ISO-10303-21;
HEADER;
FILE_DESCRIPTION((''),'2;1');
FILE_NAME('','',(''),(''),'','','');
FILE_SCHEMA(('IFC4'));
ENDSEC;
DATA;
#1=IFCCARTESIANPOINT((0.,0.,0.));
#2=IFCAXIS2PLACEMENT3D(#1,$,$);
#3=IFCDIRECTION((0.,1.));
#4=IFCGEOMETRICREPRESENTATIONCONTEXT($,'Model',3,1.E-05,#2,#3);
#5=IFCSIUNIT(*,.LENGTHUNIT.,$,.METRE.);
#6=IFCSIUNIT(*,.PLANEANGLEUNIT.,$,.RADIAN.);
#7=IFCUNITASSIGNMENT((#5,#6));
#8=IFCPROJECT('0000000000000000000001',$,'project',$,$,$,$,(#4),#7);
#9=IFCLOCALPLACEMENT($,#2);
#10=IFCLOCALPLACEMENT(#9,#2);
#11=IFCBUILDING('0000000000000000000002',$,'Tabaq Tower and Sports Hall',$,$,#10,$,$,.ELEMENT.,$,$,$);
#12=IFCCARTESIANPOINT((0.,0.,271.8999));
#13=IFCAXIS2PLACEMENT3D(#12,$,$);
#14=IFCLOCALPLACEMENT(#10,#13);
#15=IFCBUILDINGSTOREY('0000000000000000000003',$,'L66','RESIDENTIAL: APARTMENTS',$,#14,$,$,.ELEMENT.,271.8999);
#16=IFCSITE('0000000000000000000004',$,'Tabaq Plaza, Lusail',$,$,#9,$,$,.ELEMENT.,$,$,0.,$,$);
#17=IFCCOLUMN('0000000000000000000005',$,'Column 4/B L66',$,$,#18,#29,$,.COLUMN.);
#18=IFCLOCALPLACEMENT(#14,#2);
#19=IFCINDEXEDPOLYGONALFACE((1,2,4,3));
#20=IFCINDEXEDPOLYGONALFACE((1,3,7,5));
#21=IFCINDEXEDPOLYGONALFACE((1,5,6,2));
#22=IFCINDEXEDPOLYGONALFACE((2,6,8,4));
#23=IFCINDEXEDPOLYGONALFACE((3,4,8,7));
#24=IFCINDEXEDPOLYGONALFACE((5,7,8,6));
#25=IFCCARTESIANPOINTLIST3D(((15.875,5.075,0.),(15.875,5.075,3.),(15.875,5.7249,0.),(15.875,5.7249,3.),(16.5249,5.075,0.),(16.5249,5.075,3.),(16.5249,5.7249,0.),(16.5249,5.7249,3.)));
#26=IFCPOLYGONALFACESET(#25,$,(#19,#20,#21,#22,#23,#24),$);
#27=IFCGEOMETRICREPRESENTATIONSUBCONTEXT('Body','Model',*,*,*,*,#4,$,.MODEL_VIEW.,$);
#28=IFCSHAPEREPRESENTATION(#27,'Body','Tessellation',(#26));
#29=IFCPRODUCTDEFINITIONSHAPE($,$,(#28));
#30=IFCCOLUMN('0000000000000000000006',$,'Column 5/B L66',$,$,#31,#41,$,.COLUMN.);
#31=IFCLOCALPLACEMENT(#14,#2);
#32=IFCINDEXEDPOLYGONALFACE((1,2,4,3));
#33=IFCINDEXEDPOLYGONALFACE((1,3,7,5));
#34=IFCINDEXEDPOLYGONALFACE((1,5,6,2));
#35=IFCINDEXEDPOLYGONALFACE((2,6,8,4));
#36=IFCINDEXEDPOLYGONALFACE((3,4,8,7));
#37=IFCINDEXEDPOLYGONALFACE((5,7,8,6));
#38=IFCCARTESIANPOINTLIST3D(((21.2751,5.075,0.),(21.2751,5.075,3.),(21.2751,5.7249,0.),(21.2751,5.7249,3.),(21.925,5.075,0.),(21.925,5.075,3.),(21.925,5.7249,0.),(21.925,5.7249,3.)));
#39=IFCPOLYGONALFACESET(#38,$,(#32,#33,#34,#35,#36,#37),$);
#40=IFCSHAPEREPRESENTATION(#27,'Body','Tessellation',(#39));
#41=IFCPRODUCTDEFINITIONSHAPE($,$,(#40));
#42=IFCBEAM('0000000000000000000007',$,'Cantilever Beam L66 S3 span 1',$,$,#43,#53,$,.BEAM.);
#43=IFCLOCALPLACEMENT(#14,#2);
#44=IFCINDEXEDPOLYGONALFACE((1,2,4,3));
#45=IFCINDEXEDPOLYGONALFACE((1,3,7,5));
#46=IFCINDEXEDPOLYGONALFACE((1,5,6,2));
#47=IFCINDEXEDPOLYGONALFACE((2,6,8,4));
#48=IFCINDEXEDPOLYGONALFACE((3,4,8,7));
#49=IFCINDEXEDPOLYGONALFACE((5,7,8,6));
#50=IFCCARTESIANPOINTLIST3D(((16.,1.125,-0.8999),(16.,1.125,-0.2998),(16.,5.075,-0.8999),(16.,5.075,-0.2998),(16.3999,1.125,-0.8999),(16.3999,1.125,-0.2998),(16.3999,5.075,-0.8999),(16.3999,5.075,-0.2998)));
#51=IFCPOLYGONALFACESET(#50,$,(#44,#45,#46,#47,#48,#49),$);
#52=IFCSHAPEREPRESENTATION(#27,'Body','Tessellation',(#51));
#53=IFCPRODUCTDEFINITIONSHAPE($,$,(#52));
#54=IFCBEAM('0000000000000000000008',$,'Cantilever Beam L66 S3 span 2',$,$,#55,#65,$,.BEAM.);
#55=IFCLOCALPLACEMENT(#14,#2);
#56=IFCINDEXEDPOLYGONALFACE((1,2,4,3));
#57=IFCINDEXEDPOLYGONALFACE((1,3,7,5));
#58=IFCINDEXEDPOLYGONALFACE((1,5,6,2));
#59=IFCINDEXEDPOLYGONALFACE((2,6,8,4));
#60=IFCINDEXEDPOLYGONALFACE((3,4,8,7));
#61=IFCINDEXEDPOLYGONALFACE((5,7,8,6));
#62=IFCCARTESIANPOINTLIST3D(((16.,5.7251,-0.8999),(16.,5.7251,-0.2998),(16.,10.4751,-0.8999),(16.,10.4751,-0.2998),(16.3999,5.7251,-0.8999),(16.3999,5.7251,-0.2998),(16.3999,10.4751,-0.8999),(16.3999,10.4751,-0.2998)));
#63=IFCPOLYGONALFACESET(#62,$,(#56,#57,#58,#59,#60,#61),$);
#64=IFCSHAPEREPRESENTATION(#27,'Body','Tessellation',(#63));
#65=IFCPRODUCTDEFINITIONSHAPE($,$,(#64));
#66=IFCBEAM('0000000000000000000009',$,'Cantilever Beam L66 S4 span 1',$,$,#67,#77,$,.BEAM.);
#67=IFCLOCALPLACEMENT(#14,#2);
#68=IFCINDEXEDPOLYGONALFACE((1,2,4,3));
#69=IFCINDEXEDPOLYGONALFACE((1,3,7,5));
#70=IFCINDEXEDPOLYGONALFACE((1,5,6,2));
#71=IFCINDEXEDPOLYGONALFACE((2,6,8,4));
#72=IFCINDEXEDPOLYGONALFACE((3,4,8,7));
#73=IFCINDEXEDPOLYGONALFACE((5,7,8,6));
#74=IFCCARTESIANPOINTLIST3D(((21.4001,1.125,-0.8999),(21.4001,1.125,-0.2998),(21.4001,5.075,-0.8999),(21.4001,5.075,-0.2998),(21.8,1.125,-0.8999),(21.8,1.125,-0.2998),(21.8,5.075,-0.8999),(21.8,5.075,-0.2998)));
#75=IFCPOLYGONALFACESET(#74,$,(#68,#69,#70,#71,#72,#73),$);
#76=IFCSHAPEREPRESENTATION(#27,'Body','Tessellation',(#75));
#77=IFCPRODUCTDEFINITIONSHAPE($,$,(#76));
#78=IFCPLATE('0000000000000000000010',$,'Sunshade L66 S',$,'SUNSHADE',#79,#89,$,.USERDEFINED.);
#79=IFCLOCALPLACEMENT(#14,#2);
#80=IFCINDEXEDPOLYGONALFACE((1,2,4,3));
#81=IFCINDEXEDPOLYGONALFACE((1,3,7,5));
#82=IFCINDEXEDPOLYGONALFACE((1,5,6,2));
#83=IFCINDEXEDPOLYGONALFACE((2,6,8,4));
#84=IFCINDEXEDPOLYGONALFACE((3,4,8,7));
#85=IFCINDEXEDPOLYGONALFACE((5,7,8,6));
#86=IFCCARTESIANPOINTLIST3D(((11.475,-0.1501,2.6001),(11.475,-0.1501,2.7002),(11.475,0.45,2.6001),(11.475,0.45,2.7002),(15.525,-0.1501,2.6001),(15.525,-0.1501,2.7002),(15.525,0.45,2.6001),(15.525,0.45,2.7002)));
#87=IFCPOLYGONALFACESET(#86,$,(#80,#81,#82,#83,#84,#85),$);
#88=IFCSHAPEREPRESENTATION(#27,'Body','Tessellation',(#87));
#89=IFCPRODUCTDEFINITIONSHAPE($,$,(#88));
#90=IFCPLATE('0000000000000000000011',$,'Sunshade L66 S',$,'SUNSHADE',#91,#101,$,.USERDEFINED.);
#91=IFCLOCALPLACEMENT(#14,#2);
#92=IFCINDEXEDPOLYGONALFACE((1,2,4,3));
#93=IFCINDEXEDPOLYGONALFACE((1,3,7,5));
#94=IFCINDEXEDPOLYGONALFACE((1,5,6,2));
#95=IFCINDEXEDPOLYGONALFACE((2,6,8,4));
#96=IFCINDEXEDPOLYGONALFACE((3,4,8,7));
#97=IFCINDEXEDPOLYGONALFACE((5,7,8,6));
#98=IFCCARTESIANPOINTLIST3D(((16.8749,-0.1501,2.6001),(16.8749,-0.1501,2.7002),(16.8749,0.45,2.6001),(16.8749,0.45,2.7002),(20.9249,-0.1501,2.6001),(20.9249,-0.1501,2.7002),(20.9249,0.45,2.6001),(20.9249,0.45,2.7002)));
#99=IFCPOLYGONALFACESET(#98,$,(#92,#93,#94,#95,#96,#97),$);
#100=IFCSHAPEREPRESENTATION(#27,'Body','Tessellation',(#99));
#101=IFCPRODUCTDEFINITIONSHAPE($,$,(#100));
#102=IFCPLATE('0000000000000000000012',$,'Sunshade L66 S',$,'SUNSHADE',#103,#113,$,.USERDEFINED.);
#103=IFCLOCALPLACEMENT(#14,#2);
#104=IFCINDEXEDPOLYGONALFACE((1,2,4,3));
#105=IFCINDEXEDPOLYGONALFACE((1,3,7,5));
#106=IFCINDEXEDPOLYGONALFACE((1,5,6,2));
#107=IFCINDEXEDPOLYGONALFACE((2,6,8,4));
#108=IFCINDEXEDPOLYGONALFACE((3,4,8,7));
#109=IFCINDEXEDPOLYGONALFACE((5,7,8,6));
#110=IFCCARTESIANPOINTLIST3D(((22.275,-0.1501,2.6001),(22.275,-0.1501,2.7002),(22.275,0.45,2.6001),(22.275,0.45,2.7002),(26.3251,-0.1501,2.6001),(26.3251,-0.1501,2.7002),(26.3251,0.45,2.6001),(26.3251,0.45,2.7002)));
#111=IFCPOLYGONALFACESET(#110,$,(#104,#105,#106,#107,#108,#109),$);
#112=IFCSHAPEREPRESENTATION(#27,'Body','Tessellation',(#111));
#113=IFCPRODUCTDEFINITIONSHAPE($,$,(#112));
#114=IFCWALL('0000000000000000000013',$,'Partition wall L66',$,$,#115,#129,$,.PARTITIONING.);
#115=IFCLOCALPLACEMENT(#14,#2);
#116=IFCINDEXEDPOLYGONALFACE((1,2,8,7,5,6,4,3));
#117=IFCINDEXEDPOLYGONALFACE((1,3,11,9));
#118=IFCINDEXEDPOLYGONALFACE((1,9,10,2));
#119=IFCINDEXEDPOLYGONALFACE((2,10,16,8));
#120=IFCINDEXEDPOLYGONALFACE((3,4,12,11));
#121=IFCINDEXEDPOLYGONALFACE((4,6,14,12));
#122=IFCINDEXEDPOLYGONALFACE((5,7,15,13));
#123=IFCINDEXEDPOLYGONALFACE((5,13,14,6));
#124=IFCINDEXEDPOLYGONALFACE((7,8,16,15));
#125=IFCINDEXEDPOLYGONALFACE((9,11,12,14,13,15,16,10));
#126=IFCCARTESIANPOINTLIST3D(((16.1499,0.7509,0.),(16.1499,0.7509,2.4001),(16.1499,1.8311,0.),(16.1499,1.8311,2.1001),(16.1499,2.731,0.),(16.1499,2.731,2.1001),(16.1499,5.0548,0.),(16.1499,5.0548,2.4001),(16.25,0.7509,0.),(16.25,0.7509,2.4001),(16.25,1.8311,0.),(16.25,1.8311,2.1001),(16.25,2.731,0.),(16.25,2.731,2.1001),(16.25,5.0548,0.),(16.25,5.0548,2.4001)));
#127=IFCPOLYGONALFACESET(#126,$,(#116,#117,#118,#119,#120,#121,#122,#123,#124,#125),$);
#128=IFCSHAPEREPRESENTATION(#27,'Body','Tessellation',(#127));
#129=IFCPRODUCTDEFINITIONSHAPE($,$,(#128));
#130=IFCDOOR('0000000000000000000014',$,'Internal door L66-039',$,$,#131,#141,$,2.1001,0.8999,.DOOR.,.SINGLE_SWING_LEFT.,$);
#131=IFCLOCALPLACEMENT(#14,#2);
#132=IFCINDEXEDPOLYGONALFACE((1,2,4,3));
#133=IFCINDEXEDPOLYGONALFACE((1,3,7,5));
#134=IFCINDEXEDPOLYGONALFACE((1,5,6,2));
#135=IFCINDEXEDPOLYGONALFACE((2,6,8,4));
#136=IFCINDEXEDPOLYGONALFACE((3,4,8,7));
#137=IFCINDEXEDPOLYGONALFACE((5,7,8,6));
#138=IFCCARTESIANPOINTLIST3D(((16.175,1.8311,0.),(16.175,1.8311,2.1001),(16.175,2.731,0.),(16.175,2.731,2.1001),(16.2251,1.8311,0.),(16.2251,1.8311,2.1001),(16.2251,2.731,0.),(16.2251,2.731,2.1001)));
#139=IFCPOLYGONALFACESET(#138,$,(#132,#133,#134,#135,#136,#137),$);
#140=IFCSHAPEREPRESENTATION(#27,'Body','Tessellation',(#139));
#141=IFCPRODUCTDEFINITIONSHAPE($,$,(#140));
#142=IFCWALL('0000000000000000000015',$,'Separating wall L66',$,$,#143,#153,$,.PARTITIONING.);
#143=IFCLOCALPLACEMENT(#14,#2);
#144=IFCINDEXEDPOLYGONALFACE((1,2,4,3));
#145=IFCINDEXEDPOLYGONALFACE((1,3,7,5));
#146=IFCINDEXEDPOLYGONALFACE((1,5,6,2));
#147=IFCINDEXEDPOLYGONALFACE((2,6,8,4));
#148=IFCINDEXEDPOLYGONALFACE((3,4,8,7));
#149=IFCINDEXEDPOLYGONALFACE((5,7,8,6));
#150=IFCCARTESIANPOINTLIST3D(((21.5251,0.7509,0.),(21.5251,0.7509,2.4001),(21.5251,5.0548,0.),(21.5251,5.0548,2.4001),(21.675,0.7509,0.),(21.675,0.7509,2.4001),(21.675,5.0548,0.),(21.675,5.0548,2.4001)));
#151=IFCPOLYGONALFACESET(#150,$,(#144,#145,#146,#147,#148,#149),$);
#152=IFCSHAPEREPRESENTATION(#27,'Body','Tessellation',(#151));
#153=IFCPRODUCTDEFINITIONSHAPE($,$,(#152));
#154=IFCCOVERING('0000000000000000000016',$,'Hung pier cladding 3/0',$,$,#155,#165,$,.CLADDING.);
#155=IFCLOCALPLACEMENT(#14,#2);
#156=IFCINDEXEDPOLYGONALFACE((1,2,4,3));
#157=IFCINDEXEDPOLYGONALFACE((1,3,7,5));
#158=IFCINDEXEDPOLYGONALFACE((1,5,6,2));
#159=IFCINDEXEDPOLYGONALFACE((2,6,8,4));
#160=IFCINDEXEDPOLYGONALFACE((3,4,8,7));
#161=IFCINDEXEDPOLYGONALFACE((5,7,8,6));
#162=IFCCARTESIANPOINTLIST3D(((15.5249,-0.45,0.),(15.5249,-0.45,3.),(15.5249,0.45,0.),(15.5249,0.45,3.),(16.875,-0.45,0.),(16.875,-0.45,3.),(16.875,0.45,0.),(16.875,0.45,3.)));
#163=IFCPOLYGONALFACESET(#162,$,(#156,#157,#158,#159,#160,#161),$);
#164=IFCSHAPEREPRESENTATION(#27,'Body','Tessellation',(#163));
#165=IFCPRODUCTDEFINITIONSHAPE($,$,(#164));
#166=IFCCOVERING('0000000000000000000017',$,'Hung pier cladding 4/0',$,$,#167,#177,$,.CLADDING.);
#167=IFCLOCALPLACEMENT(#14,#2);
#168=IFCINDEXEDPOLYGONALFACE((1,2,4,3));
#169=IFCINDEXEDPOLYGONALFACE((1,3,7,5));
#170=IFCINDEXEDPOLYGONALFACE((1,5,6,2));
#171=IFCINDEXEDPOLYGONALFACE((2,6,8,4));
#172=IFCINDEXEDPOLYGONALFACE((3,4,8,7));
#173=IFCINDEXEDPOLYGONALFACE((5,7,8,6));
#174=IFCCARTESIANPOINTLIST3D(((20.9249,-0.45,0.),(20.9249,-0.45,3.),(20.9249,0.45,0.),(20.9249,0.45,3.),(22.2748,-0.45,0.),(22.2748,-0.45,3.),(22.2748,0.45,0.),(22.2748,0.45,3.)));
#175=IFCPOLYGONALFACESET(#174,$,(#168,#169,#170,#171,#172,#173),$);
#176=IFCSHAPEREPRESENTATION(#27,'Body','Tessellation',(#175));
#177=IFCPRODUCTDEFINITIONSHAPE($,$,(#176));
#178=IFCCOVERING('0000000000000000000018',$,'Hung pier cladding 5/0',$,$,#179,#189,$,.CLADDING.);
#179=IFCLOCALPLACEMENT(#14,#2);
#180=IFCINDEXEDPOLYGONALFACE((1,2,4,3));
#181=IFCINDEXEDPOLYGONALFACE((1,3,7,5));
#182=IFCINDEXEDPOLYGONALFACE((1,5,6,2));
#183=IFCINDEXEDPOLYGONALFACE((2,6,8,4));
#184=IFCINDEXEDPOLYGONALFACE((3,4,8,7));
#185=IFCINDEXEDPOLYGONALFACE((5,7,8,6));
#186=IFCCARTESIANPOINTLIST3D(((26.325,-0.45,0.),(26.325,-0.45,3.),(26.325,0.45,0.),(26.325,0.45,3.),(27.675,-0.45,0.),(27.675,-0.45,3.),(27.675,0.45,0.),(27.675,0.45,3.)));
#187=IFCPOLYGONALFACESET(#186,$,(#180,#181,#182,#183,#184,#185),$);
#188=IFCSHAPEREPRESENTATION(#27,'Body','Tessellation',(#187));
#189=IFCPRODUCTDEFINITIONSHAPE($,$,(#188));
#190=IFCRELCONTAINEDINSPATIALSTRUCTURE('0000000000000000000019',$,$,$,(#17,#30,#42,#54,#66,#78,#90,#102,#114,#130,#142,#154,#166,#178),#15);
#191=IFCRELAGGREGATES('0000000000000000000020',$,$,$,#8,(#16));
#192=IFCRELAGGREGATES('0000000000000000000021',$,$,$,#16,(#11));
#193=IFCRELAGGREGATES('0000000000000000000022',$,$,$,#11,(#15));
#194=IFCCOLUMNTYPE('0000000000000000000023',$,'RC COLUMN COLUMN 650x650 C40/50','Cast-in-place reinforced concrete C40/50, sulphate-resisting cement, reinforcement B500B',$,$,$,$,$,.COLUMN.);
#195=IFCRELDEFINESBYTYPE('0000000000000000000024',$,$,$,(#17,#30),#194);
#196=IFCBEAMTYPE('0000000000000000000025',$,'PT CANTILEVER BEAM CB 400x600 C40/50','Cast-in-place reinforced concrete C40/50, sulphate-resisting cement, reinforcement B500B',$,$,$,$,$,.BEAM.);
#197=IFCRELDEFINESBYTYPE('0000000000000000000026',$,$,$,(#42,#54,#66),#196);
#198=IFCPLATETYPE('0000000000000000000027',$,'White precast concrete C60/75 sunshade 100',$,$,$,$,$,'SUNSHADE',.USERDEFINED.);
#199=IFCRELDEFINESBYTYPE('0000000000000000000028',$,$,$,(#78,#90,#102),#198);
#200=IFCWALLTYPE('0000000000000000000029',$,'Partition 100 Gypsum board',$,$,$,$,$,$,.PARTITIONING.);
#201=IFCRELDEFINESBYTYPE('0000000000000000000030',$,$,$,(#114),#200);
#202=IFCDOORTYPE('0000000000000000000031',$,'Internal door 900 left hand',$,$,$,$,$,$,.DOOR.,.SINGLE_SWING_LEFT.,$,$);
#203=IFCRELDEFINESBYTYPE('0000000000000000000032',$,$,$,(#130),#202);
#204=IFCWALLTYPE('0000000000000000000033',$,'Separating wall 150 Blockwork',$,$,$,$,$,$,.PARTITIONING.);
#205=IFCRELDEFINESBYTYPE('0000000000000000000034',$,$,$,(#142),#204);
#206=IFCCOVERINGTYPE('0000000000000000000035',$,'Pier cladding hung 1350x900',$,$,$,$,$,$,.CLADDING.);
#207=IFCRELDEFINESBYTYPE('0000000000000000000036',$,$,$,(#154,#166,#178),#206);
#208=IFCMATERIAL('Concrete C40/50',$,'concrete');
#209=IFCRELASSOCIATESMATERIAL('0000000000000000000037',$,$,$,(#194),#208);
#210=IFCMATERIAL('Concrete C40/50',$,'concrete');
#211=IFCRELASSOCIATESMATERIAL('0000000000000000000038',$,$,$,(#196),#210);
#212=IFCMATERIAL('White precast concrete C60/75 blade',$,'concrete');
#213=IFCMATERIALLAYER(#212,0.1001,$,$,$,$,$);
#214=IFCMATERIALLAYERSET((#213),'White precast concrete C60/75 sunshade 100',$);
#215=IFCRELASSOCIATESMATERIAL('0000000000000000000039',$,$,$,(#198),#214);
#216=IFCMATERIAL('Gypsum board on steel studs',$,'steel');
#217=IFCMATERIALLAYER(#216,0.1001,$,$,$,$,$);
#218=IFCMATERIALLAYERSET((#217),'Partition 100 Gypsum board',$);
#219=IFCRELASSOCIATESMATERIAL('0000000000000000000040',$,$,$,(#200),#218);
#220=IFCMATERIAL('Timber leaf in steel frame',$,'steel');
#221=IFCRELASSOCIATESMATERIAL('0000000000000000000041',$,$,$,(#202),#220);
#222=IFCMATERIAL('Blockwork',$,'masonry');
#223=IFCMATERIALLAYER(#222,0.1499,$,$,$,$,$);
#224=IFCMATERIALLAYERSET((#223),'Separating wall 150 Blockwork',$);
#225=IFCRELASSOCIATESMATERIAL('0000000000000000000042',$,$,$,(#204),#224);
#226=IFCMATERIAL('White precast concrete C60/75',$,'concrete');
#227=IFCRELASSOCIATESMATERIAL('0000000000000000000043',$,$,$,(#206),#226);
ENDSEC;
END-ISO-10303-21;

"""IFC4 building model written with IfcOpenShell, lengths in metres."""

from ifc_helpers import new_model, si_unit, direction, frame, frame_2d, origin, origin_2d, place, context, subcontext, project, spatial, rectangle, extrude, material, layer, layer_set, material_profile, profile_set, type_object, element, fill, save


model = new_model("IFC4")

# Units and contexts
model_context = context("Model", 3, precision=1e-05, world=origin(), true_north=direction((0.0, 1.0)))
body_context = subcontext(model_context, "Body", "Model", "MODEL_VIEW")
ifc_project = project(units=[si_unit("LENGTHUNIT", "METRE"), si_unit("PLANEANGLEUNIT", "RADIAN")], contexts=[model_context])

# Site, building, storey
site_placement = place(None, origin())
site = spatial("IfcSite", under=ifc_project, at=site_placement, Name="Tabaq Plaza, Lusail", CompositionType="ELEMENT", RefElevation=0.0)
building_placement = place(site_placement, origin())
building = spatial("IfcBuilding", under=site, at=building_placement, Name="Tabaq Tower and Sports Hall", CompositionType="ELEMENT")
storey_placement = place(building_placement, frame((0.0, 0.0, 271.8999)))
storey = spatial("IfcBuildingStorey", under=building, at=storey_placement, Name="L66", Description="RESIDENTIAL: APARTMENTS", CompositionType="ELEMENT", Elevation=271.8999)

# Columns
ifc_material_1 = material(Name="Concrete C40/50", Category="concrete")
ifc_material_profile_1 = material_profile(ifc_material_1, rectangle(XDim=0.6499, YDim=0.6499, at=origin_2d()), Name="COLUMN 650x650")
ifc_profile_set_1 = profile_set([ifc_material_profile_1], Name="Concrete C40/50")
column_type = type_object("IfcColumnType", Name="RC COLUMN COLUMN 650x650 C40/50", Description="Cast-in-place reinforced concrete C40/50, sulphate-resisting cement, reinforcement B500B", PredefinedType="COLUMN", material=ifc_profile_set_1)
for number, where, z_axis, x_axis, name in (
    (1, (16.2, 5.3999, 0.0), (0.0, 0.0, 1.0), (1.0, 0.0, 0.0), "Column 4/B L66"),
    (2, (21.6001, 5.3999, 0.0), (0.0, 0.0, 1.0), (1.0, 0.0, 0.0), "Column 5/B L66"),
):
    element("IfcColumn", number, at=place(storey_placement, frame(where, z_axis=z_axis, x_axis=x_axis)), inside=storey, type_object=column_type, Name=name, PredefinedType="COLUMN", context=body_context, shape_type="SweptSolid", body=[
        extrude(rectangle(XDim=0.6499, YDim=0.6499, at=origin_2d()), origin(), (0.0, 0.0, 1.0), 3.0),
    ])

# Beams
ifc_material_2 = material(Name="Concrete C40/50", Category="concrete")
ifc_material_profile_2 = material_profile(ifc_material_2, rectangle(XDim=0.3999, YDim=0.6001, at=origin_2d()), Name="CB 400x600")
ifc_profile_set_2 = profile_set([ifc_material_profile_2], Name="Concrete C40/50")
beam_type = type_object("IfcBeamType", Name="PT CANTILEVER BEAM CB 400x600 C40/50", Description="Cast-in-place reinforced concrete C40/50, sulphate-resisting cement, reinforcement B500B", PredefinedType="BEAM", material=ifc_profile_set_2)
beam_1_placement = place(storey_placement, frame((16.2, 1.125, -0.5999), z_axis=(0.0, 1.0, 0.0), x_axis=(-1.0, 0.0, 0.0)))
element("IfcBeam", 3, at=beam_1_placement, inside=storey, type_object=beam_type, Name="Cantilever Beam L66 S3 span 1", PredefinedType="BEAM", context=body_context, shape_type="SweptSolid", body=[
    extrude(rectangle(XDim=0.3999, YDim=0.6001, at=origin_2d()), origin(), (0.0, 0.0, 1.0), 3.95),
])
beam_2_placement = place(storey_placement, frame((16.2, 5.7251, -0.5999), z_axis=(0.0, 1.0, 0.0), x_axis=(-1.0, 0.0, 0.0)))
element("IfcBeam", 4, at=beam_2_placement, inside=storey, type_object=beam_type, Name="Cantilever Beam L66 S3 span 2", PredefinedType="BEAM", context=body_context, shape_type="SweptSolid", body=[
    extrude(rectangle(XDim=0.3999, YDim=0.6001, at=origin_2d()), origin(), (0.0, 0.0, 1.0), 4.75),
])
beam_3_placement = place(storey_placement, frame((21.6001, 1.125, -0.5999), z_axis=(0.0, 1.0, 0.0), x_axis=(-1.0, 0.0, 0.0)))
element("IfcBeam", 5, at=beam_3_placement, inside=storey, type_object=beam_type, Name="Cantilever Beam L66 S4 span 1", PredefinedType="BEAM", context=body_context, shape_type="SweptSolid", body=[
    extrude(rectangle(XDim=0.3999, YDim=0.6001, at=origin_2d()), origin(), (0.0, 0.0, 1.0), 3.95),
])

# Plates
ifc_material_3 = material(Name="White precast concrete C60/75 blade", Category="concrete")
ifc_layer_1 = layer(ifc_material_3, 0.1001)
ifc_layer_set_1 = layer_set([ifc_layer_1], Name="White precast concrete C60/75 sunshade 100")
plate_type = type_object("IfcPlateType", Name="White precast concrete C60/75 sunshade 100", ElementType="SUNSHADE", PredefinedType="USERDEFINED", material=ifc_layer_set_1)
for number, where, z_axis, x_axis, name in (
    (6, (13.5, 0.1499, 2.6001), (0.0, 0.0, 1.0), (1.0, 0.0, 0.0), "Sunshade L66 S"),
    (7, (18.8999, 0.1499, 2.6001), (0.0, 0.0, 1.0), (1.0, 0.0, 0.0), "Sunshade L66 S"),
    (8, (24.3, 0.1499, 2.6001), (0.0, 0.0, 1.0), (1.0, 0.0, 0.0), "Sunshade L66 S"),
):
    element("IfcPlate", number, at=place(storey_placement, frame(where, z_axis=z_axis, x_axis=x_axis)), inside=storey, type_object=plate_type, Name=name, ObjectType="SUNSHADE", PredefinedType="USERDEFINED", context=body_context, shape_type="SweptSolid", body=[
        extrude(rectangle(XDim=4.05, YDim=0.6001, at=origin_2d()), origin(), (0.0, 0.0, 1.0), 0.1001),
    ])

# Wall, opening, door
ifc_material_4 = material(Name="Gypsum board on steel studs", Category="steel")
ifc_layer_2 = layer(ifc_material_4, 0.1001)
ifc_layer_set_2 = layer_set([ifc_layer_2], Name="Partition 100 Gypsum board")
wall_type_1 = type_object("IfcWallType", Name="Partition 100 Gypsum board", PredefinedType="PARTITIONING", material=ifc_layer_set_2)
wall_1_placement = place(storey_placement, frame((16.2, 0.751, 0.0), z_axis=(0.0, 0.0, 1.0), x_axis=(0.0, 1.0, 0.0)))
wall_1 = element("IfcWall", 9, at=wall_1_placement, inside=storey, type_object=wall_type_1, Name="Partition wall L66", PredefinedType="PARTITIONING", context=body_context, shape_type="SweptSolid", body=[
    extrude(rectangle(XDim=4.304, YDim=0.1001, at=frame_2d((2.1519, 0.0))), origin(), (0.0, 0.0, 1.0), 2.4001),
])
opening_placement = place(wall_1_placement, frame((1.0801, 0.0, 0.0)))
opening = element("IfcOpeningElement", 10, at=opening_placement, cuts=wall_1, PredefinedType="OPENING", context=body_context, shape_type="SweptSolid", body=[
    extrude(rectangle(XDim=0.8999, YDim=2.1001, at=frame_2d((0.45, 1.05))), frame((0.0, 0.05, 0.0), z_axis=(0.0, -1.0, 0.0), x_axis=(1.0, 0.0, 0.0)), (0.0, 0.0, 1.0), 0.1001),
])
ifc_material_5 = material(Name="Timber leaf in steel frame", Category="steel")
door_type = type_object("IfcDoorType", Name="Internal door 900 left hand", OperationType="SINGLE_SWING_LEFT", PredefinedType="DOOR", material=ifc_material_5)
door_placement = place(opening_placement, origin())
door = element("IfcDoor", 11, at=door_placement, inside=storey, type_object=door_type, Name="Internal door L66-039", OperationType="SINGLE_SWING_LEFT", OverallHeight=2.1001, OverallWidth=0.8999, PredefinedType="DOOR", context=body_context, shape_type="SweptSolid", body=[
    extrude(rectangle(XDim=0.8999, YDim=2.1001, at=frame_2d((0.45, 1.05))), frame((0.0, 0.0249, 0.0), z_axis=(0.0, -1.0, 0.0), x_axis=(1.0, 0.0, 0.0)), (0.0, 0.0, 1.0), 0.05),
])
fill(opening, door)

# Wall
ifc_material_6 = material(Name="Blockwork", Category="masonry")
ifc_layer_3 = layer(ifc_material_6, 0.1499)
ifc_layer_set_3 = layer_set([ifc_layer_3], Name="Separating wall 150 Blockwork")
wall_type_2 = type_object("IfcWallType", Name="Separating wall 150 Blockwork", PredefinedType="PARTITIONING", material=ifc_layer_set_3)
wall_2_placement = place(storey_placement, frame((21.6001, 0.751, 0.0), z_axis=(0.0, 0.0, 1.0), x_axis=(0.0, 1.0, 0.0)))
element("IfcWall", 12, at=wall_2_placement, inside=storey, type_object=wall_type_2, Name="Separating wall L66", PredefinedType="PARTITIONING", context=body_context, shape_type="SweptSolid", body=[
    extrude(rectangle(XDim=4.304, YDim=0.1499, at=frame_2d((2.1519, 0.0))), origin(), (0.0, 0.0, 1.0), 2.4001),
])

# Coverings
ifc_material_7 = material(Name="White precast concrete C60/75", Category="concrete")
covering_type_1 = type_object("IfcCoveringType", Name="Pier cladding hung 1350x900", PredefinedType="CLADDING", material=ifc_material_7)
covering_1_placement = place(storey_placement, frame((15.5249, 0.0, 0.0), z_axis=(0.0, 0.0, 1.0), x_axis=(1.0, 0.0, 0.0)))
element("IfcCovering", 13, at=covering_1_placement, inside=storey, type_object=covering_type_1, Name="Hung pier cladding 3/0", PredefinedType="CLADDING", context=body_context, shape_type="SweptSolid", body=[
    extrude(rectangle(XDim=1.3501, YDim=0.8999, at=frame_2d((0.675, 0.0))), origin(), (0.0, 0.0, 1.0), 3.0),
])
covering_2_placement = place(storey_placement, frame((20.925, 0.0, 0.0), z_axis=(0.0, 0.0, 1.0), x_axis=(1.0, 0.0, 0.0)))
element("IfcCovering", 14, at=covering_2_placement, inside=storey, type_object=covering_type_1, Name="Hung pier cladding 4/0", PredefinedType="CLADDING", context=body_context, shape_type="SweptSolid", body=[
    extrude(rectangle(XDim=1.3499, YDim=0.8999, at=frame_2d((0.6748, 0.0))), origin(), (0.0, 0.0, 1.0), 3.0),
])
covering_3_placement = place(storey_placement, frame((26.325, 0.0, 0.0), z_axis=(0.0, 0.0, 1.0), x_axis=(1.0, 0.0, 0.0)))
element("IfcCovering", 15, at=covering_3_placement, inside=storey, type_object=covering_type_1, Name="Hung pier cladding 5/0", PredefinedType="CLADDING", context=body_context, shape_type="SweptSolid", body=[
    extrude(rectangle(XDim=1.3501, YDim=0.8999, at=frame_2d((0.675, 0.0))), origin(), (0.0, 0.0, 1.0), 3.0),
])

save(model, "model.ifc")
